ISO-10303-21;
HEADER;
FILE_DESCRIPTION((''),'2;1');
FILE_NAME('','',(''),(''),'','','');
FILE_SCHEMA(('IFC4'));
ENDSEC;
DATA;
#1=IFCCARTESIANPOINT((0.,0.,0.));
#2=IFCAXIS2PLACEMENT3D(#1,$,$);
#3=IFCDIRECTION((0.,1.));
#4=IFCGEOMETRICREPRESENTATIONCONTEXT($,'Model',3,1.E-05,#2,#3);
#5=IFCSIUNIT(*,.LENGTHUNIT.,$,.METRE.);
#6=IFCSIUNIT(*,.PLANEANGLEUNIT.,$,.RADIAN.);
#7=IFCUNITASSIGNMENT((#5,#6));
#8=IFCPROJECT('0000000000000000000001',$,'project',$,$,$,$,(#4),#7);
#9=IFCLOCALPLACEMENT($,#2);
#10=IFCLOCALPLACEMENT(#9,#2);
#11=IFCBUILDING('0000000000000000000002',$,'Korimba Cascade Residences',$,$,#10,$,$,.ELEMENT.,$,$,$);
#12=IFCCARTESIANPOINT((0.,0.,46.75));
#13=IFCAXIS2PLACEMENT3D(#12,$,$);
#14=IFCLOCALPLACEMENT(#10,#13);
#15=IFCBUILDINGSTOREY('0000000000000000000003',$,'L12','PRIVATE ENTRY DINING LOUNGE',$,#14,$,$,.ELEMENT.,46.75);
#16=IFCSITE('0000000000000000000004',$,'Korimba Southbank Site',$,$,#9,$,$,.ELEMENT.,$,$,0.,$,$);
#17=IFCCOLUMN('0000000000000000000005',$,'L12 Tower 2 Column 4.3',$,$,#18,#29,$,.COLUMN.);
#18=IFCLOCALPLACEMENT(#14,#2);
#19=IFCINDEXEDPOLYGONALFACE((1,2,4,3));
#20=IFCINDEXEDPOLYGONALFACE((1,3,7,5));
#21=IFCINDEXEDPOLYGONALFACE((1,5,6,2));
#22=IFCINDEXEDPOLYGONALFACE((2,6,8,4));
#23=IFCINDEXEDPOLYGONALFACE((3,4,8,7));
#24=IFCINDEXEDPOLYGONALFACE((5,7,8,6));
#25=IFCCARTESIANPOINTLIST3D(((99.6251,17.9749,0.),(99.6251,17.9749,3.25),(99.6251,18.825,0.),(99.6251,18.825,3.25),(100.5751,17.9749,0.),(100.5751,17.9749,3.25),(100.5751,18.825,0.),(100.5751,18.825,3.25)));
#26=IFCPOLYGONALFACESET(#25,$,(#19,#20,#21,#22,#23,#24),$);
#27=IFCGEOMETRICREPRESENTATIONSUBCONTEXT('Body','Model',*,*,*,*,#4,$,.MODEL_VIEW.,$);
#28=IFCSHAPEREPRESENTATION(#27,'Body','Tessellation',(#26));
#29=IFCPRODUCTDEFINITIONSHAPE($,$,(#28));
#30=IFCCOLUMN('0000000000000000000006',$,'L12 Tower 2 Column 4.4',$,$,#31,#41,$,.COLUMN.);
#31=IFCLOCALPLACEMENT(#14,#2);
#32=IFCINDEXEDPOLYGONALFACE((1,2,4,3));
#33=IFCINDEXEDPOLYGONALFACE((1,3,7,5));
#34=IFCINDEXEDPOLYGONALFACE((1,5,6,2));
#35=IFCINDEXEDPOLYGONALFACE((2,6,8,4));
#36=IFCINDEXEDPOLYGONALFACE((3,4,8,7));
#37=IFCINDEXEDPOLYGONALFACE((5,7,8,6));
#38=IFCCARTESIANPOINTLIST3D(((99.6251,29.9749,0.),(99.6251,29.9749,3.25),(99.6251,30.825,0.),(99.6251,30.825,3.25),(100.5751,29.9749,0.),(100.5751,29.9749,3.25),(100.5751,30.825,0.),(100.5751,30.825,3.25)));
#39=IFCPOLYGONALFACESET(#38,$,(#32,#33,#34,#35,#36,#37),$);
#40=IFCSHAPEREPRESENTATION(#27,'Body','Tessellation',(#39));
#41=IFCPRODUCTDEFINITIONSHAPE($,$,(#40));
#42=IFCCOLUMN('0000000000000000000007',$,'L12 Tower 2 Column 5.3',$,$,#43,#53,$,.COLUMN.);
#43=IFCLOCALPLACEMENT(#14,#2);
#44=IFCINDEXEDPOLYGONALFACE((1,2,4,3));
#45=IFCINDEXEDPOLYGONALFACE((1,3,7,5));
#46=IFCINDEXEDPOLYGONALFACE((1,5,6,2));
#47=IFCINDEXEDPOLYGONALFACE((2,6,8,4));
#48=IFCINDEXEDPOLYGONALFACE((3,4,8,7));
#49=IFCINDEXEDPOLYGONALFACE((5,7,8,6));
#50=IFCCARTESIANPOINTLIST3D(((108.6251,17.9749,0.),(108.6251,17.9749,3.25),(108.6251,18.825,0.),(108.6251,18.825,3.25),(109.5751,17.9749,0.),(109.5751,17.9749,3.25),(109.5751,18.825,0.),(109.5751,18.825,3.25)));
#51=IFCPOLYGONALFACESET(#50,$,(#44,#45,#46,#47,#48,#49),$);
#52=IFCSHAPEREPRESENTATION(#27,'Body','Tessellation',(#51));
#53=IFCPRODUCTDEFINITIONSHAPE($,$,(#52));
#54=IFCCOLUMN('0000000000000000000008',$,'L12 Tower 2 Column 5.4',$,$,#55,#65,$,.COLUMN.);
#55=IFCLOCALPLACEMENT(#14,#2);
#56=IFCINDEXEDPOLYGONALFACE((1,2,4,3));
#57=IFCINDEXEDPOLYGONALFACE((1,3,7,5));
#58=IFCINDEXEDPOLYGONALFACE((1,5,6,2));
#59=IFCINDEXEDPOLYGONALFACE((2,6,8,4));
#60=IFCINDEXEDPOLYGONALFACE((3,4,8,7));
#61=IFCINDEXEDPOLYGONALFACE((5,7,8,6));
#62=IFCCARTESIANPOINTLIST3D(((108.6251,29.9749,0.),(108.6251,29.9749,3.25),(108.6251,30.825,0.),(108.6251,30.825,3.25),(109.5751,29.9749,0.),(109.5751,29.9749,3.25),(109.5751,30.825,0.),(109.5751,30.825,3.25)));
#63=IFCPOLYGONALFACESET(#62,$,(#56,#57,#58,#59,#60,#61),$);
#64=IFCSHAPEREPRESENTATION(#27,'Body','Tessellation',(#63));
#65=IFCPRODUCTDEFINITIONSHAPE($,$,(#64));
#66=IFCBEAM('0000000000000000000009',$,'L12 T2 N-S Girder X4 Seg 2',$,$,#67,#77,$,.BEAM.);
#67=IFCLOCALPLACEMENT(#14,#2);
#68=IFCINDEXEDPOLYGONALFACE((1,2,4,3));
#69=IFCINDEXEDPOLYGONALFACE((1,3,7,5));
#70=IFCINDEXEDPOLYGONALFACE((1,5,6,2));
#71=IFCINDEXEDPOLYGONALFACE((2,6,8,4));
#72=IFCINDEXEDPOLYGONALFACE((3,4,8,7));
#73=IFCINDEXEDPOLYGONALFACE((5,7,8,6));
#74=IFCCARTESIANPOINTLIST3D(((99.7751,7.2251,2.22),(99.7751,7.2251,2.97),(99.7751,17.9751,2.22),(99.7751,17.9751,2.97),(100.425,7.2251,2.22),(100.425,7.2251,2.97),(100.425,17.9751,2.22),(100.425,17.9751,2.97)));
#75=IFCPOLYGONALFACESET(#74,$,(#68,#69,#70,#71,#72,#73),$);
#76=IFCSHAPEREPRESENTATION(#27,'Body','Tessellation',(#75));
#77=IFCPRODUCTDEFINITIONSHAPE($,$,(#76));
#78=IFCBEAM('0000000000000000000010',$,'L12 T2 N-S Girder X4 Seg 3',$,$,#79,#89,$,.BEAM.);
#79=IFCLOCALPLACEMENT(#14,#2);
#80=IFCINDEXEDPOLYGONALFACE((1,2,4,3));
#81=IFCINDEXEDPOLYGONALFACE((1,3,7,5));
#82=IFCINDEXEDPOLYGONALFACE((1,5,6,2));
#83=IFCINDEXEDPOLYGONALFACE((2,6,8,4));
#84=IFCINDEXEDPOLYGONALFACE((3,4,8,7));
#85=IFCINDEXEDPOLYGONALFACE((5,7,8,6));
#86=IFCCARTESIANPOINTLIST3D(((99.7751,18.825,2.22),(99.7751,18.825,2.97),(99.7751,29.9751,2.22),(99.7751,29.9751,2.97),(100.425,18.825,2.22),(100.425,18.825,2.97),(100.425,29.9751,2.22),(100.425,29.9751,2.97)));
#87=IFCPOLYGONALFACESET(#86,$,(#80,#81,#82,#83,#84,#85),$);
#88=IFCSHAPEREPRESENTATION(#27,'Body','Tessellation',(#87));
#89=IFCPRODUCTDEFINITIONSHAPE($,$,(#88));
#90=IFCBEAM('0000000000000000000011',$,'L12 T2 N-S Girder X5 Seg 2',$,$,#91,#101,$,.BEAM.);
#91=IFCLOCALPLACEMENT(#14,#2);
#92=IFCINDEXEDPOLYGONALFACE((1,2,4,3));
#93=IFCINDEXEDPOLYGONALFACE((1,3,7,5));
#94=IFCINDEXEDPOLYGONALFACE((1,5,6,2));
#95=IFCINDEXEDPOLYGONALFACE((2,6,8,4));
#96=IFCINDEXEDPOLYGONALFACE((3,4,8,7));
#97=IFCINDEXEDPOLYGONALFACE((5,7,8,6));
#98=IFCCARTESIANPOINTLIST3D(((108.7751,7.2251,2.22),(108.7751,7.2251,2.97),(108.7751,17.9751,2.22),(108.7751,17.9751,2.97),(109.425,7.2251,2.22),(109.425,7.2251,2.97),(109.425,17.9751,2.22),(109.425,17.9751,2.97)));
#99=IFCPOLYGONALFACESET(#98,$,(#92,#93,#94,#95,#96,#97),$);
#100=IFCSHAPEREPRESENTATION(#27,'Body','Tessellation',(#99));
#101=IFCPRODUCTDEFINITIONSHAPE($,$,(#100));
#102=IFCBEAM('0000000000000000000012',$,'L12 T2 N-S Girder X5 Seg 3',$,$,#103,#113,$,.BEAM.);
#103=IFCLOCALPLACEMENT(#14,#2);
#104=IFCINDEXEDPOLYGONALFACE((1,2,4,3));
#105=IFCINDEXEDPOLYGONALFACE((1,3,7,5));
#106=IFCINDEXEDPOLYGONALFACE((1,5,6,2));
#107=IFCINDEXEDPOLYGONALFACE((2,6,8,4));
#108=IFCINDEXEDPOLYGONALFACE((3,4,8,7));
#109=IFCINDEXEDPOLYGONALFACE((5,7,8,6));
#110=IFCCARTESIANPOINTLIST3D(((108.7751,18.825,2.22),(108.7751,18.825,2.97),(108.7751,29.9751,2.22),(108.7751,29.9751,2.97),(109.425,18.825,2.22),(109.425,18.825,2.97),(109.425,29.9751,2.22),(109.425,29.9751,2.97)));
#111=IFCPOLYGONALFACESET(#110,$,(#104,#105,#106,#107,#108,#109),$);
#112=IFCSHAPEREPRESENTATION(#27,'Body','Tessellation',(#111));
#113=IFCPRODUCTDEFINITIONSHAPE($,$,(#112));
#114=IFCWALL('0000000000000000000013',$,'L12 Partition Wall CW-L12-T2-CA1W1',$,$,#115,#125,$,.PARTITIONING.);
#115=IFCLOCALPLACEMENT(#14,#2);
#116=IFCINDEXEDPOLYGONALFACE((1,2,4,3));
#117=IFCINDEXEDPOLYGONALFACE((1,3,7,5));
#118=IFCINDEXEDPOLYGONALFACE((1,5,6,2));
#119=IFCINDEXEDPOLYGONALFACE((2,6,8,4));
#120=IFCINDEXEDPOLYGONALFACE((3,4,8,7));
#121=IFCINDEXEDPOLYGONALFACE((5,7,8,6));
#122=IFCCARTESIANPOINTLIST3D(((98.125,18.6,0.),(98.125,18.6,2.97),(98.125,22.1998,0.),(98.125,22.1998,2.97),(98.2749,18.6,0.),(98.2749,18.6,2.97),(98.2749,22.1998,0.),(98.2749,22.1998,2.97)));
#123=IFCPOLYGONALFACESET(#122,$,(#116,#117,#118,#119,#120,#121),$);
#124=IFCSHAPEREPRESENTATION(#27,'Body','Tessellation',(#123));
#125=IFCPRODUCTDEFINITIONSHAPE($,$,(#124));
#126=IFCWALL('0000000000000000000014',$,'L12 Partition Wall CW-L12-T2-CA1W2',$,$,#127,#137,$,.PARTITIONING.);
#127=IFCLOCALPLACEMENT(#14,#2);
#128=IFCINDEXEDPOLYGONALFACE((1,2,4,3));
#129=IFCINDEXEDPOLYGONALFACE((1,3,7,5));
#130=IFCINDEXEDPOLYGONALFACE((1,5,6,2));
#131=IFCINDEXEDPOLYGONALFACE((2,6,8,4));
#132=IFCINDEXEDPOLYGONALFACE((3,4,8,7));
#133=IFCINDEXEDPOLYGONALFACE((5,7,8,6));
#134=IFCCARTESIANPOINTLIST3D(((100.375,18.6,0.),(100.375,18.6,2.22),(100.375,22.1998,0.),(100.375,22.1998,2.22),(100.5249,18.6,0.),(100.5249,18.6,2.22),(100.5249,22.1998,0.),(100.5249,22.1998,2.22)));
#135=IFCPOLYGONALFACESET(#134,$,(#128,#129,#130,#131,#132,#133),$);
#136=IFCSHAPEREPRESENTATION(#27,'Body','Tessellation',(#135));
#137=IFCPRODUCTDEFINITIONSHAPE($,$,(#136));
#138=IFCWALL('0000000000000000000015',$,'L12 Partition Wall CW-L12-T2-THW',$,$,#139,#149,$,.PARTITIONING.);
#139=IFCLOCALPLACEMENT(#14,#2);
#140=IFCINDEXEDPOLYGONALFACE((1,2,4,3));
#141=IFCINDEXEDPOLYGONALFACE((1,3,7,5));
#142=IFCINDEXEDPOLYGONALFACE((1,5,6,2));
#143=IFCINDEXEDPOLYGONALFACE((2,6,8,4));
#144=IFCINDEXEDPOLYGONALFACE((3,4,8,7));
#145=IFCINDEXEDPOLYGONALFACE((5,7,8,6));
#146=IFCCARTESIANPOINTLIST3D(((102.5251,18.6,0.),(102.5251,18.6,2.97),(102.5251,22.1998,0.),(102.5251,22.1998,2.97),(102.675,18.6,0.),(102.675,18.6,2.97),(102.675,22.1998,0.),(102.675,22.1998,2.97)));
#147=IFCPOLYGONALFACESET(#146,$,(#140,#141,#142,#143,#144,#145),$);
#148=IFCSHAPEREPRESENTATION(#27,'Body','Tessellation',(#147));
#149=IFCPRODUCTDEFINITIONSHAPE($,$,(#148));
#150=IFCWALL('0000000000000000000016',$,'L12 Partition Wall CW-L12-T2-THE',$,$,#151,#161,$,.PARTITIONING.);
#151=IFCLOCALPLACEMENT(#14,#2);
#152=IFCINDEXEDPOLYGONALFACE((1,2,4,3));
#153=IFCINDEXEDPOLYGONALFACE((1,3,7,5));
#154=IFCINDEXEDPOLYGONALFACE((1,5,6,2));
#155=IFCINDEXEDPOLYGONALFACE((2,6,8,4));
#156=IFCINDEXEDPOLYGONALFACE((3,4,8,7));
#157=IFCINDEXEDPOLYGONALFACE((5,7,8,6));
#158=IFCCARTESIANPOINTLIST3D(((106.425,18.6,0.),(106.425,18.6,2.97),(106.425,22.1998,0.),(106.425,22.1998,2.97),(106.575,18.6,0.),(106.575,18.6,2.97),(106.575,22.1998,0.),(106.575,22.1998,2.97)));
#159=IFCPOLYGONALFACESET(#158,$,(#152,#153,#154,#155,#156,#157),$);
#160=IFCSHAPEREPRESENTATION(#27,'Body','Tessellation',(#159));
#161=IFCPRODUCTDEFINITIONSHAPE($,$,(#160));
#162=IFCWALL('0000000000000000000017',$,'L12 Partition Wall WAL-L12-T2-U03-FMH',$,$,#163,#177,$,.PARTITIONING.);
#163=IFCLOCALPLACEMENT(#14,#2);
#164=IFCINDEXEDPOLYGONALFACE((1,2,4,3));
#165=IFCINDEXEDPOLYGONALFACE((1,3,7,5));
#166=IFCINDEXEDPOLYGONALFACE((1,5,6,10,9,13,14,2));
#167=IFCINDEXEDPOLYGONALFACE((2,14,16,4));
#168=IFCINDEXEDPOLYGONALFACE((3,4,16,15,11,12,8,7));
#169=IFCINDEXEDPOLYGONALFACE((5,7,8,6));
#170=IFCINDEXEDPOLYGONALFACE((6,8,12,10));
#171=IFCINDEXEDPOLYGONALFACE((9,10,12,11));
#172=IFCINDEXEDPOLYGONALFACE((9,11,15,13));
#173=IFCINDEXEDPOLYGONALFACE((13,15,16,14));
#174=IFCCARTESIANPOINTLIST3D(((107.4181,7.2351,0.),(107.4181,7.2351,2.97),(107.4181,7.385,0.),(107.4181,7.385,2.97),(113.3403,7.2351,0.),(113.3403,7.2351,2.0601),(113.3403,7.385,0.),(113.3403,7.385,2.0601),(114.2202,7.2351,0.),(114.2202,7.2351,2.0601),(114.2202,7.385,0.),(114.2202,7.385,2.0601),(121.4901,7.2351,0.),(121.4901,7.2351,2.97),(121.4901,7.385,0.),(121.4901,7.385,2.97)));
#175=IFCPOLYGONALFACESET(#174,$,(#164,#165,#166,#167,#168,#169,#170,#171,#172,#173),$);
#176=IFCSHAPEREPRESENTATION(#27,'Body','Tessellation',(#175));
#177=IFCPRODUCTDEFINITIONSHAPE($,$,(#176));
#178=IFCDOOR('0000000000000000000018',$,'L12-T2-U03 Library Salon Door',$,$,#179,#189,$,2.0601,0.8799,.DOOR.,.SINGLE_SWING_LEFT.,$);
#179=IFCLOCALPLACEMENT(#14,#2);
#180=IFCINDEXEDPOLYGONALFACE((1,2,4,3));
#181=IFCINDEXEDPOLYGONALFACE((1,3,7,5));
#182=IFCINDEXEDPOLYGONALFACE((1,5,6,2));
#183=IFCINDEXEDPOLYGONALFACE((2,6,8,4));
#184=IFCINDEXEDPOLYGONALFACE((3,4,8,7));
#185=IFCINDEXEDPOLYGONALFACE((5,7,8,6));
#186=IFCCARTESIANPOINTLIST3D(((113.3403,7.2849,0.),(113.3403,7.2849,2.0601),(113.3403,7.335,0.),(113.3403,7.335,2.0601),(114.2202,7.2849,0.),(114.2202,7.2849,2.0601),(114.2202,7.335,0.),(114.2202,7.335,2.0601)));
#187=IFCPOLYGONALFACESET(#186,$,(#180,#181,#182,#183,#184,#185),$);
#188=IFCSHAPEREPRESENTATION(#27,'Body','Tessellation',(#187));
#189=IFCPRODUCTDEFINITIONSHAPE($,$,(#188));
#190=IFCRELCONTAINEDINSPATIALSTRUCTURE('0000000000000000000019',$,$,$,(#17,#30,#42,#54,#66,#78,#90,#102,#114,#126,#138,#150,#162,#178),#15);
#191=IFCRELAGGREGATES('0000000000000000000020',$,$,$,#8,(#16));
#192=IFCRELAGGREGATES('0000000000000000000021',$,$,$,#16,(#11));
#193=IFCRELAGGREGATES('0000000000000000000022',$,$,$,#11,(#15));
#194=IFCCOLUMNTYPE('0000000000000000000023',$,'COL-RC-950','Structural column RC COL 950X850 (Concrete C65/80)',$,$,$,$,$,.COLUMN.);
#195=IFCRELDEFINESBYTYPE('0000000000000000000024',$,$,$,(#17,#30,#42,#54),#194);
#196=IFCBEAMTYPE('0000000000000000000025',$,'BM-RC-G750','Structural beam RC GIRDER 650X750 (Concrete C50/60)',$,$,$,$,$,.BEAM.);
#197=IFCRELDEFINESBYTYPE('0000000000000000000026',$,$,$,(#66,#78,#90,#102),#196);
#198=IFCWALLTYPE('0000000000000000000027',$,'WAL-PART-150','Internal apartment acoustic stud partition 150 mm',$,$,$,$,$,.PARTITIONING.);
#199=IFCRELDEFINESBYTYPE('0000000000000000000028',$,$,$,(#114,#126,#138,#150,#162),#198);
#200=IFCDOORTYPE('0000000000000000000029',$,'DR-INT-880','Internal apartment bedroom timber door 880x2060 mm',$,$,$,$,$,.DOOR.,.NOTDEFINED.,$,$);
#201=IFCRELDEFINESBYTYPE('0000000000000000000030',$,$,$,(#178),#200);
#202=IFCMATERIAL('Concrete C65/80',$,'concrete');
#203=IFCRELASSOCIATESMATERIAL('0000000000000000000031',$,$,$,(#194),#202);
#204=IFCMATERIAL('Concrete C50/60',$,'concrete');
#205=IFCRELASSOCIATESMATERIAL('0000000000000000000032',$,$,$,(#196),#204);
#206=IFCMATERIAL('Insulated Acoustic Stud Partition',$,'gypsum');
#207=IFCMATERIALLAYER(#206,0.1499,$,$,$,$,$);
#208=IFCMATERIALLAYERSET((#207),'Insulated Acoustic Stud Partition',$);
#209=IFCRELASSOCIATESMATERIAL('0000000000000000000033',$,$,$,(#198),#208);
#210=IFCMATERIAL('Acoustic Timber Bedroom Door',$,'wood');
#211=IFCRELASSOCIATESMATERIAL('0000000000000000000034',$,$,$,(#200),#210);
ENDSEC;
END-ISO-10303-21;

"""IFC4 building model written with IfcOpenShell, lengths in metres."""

from ifc_helpers import new_model, si_unit, direction, frame, frame_2d, origin, origin_2d, place, context, subcontext, project, spatial, rectangle, extrude, material, layer, layer_set, material_profile, profile_set, type_object, element, fill, save


model = new_model("IFC4")

# Units and contexts
model_context = context("Model", 3, precision=1e-05, world=origin(), true_north=direction((0.0, 1.0)))
body_context = subcontext(model_context, "Body", "Model", "MODEL_VIEW")
ifc_project = project(units=[si_unit("LENGTHUNIT", "METRE"), si_unit("PLANEANGLEUNIT", "RADIAN")], contexts=[model_context])

# Site, building, storey
site_placement = place(None, origin())
site = spatial("IfcSite", under=ifc_project, at=site_placement, Name="Korimba Southbank Site", CompositionType="ELEMENT", RefElevation=0.0)
building_placement = place(site_placement, origin())
building = spatial("IfcBuilding", under=site, at=building_placement, Name="Korimba Cascade Residences", CompositionType="ELEMENT")
storey_placement = place(building_placement, frame((0.0, 0.0, 46.75)))
storey = spatial("IfcBuildingStorey", under=building, at=storey_placement, Name="L12", Description="PRIVATE ENTRY DINING LOUNGE", CompositionType="ELEMENT", Elevation=46.75)

# Columns
ifc_material_1 = material(Name="Concrete C65/80", Category="concrete")
ifc_material_profile_1 = material_profile(ifc_material_1, rectangle(XDim=0.95, YDim=0.8501, at=origin_2d()), Name="Concrete C65/80")
ifc_profile_set_1 = profile_set([ifc_material_profile_1], Name="Concrete C65/80")
column_type = type_object("IfcColumnType", Name="COL-RC-950", Description="Structural column RC COL 950X850 (Concrete C65/80)", PredefinedType="COLUMN", material=ifc_profile_set_1)
for number, where, z_axis, x_axis, name in (
    (1, (100.1001, 18.3999, 0.0), (0.0, 0.0, 1.0), (1.0, 0.0, 0.0), "L12 Tower 2 Column 4.3"),
    (2, (100.1001, 30.3999, 0.0), (0.0, 0.0, 1.0), (1.0, 0.0, 0.0), "L12 Tower 2 Column 4.4"),
    (3, (109.1001, 18.3999, 0.0), (0.0, 0.0, 1.0), (1.0, 0.0, 0.0), "L12 Tower 2 Column 5.3"),
    (4, (109.1001, 30.3999, 0.0), (0.0, 0.0, 1.0), (1.0, 0.0, 0.0), "L12 Tower 2 Column 5.4"),
):
    element("IfcColumn", number, at=place(storey_placement, frame(where, z_axis=z_axis, x_axis=x_axis)), inside=storey, type_object=column_type, Name=name, PredefinedType="COLUMN", context=body_context, shape_type="SweptSolid", body=[
        extrude(rectangle(XDim=0.95, YDim=0.8501, at=origin_2d()), origin(), (0.0, 0.0, 1.0), 3.25),
    ])

# Beams
ifc_material_2 = material(Name="Concrete C50/60", Category="concrete")
ifc_material_profile_2 = material_profile(ifc_material_2, rectangle(XDim=0.6499, YDim=0.75, at=origin_2d()), Name="Concrete C50/60")
ifc_profile_set_2 = profile_set([ifc_material_profile_2], Name="Concrete C50/60")
beam_type = type_object("IfcBeamType", Name="BM-RC-G750", Description="Structural beam RC GIRDER 650X750 (Concrete C50/60)", PredefinedType="BEAM", material=ifc_profile_set_2)
beam_1_placement = place(storey_placement, frame((100.1001, 7.2251, 2.595), z_axis=(0.0, 1.0, 0.0), x_axis=(-1.0, 0.0, 0.0)))
element("IfcBeam", 5, at=beam_1_placement, inside=storey, type_object=beam_type, Name="L12 T2 N-S Girder X4 Seg 2", PredefinedType="BEAM", context=body_context, shape_type="SweptSolid", body=[
    extrude(rectangle(XDim=0.6499, YDim=0.75, at=origin_2d()), origin(), (0.0, 0.0, 1.0), 10.75),
])
beam_2_placement = place(storey_placement, frame((100.1001, 18.825, 2.595), z_axis=(0.0, 1.0, 0.0), x_axis=(-1.0, 0.0, 0.0)))
element("IfcBeam", 6, at=beam_2_placement, inside=storey, type_object=beam_type, Name="L12 T2 N-S Girder X4 Seg 3", PredefinedType="BEAM", context=body_context, shape_type="SweptSolid", body=[
    extrude(rectangle(XDim=0.6499, YDim=0.75, at=origin_2d()), origin(), (0.0, 0.0, 1.0), 11.1501),
])
beam_3_placement = place(storey_placement, frame((109.1001, 7.2251, 2.595), z_axis=(0.0, 1.0, 0.0), x_axis=(-1.0, 0.0, 0.0)))
element("IfcBeam", 7, at=beam_3_placement, inside=storey, type_object=beam_type, Name="L12 T2 N-S Girder X5 Seg 2", PredefinedType="BEAM", context=body_context, shape_type="SweptSolid", body=[
    extrude(rectangle(XDim=0.6499, YDim=0.75, at=origin_2d()), origin(), (0.0, 0.0, 1.0), 10.75),
])
beam_4_placement = place(storey_placement, frame((109.1001, 18.825, 2.595), z_axis=(0.0, 1.0, 0.0), x_axis=(-1.0, 0.0, 0.0)))
element("IfcBeam", 8, at=beam_4_placement, inside=storey, type_object=beam_type, Name="L12 T2 N-S Girder X5 Seg 3", PredefinedType="BEAM", context=body_context, shape_type="SweptSolid", body=[
    extrude(rectangle(XDim=0.6499, YDim=0.75, at=origin_2d()), origin(), (0.0, 0.0, 1.0), 11.1501),
])

# Walls
ifc_material_3 = material(Name="Insulated Acoustic Stud Partition", Category="gypsum")
ifc_layer_1 = layer(ifc_material_3, 0.1499)
ifc_layer_set_1 = layer_set([ifc_layer_1], Name="Insulated Acoustic Stud Partition")
wall_type_1 = type_object("IfcWallType", Name="WAL-PART-150", Description="Internal apartment acoustic stud partition 150 mm", PredefinedType="PARTITIONING", material=ifc_layer_set_1)
wall_1_placement = place(storey_placement, frame((98.2, 18.6001, 0.0), z_axis=(0.0, 0.0, 1.0), x_axis=(0.0, 1.0, 0.0)))
element("IfcWall", 9, at=wall_1_placement, inside=storey, type_object=wall_type_1, Name="L12 Partition Wall CW-L12-T2-CA1W1", PredefinedType="PARTITIONING", context=body_context, shape_type="SweptSolid", body=[
    extrude(rectangle(XDim=3.5999, YDim=0.1499, at=frame_2d((1.7998, 0.0))), origin(), (0.0, 0.0, 1.0), 2.97),
])
wall_2_placement = place(storey_placement, frame((100.45, 18.6001, 0.0), z_axis=(0.0, 0.0, 1.0), x_axis=(0.0, 1.0, 0.0)))
element("IfcWall", 10, at=wall_2_placement, inside=storey, type_object=wall_type_1, Name="L12 Partition Wall CW-L12-T2-CA1W2", PredefinedType="PARTITIONING", context=body_context, shape_type="SweptSolid", body=[
    extrude(rectangle(XDim=3.5999, YDim=0.1499, at=frame_2d((1.7998, 0.0))), origin(), (0.0, 0.0, 1.0), 2.22),
])
for number, where, z_axis, x_axis, name in (
    (11, (102.6001, 18.6001, 0.0), (0.0, 0.0, 1.0), (0.0, 1.0, 0.0), "L12 Partition Wall CW-L12-T2-THW"),
    (12, (106.5, 18.6001, 0.0), (0.0, 0.0, 1.0), (0.0, 1.0, 0.0), "L12 Partition Wall CW-L12-T2-THE"),
):
    element("IfcWall", number, at=place(storey_placement, frame(where, z_axis=z_axis, x_axis=x_axis)), inside=storey, type_object=wall_type_1, Name=name, PredefinedType="PARTITIONING", context=body_context, shape_type="SweptSolid", body=[
        extrude(rectangle(XDim=3.5999, YDim=0.1499, at=frame_2d((1.7998, 0.0))), origin(), (0.0, 0.0, 1.0), 2.97),
    ])

# Wall, opening, door
wall_3_placement = place(storey_placement, frame((107.418, 7.3101, 0.0), z_axis=(0.0, 0.0, 1.0), x_axis=(1.0, 0.0, 0.0)))
wall_3 = element("IfcWall", 13, at=wall_3_placement, inside=storey, type_object=wall_type_1, Name="L12 Partition Wall WAL-L12-T2-U03-FMH", PredefinedType="PARTITIONING", context=body_context, shape_type="SweptSolid", body=[
    extrude(rectangle(XDim=14.072, YDim=0.1499, at=frame_2d((7.0361, 0.0))), origin(), (0.0, 0.0, 1.0), 2.97),
])
opening_1_placement = place(wall_3_placement, frame((5.9224, 0.0, 0.0)))
opening_1 = element("IfcOpeningElement", 14, at=opening_1_placement, cuts=wall_3, PredefinedType="OPENING", context=body_context, shape_type="SweptSolid", body=[
    extrude(rectangle(XDim=0.8799, YDim=2.0601, at=frame_2d((0.4399, 1.03))), frame((0.0, 0.085, 0.0), z_axis=(0.0, -1.0, 0.0), x_axis=(1.0, 0.0, 0.0)), (0.0, 0.0, 1.0), 0.1699),
])
ifc_material_4 = material(Name="Acoustic Timber Bedroom Door", Category="wood")
door_type_1 = type_object("IfcDoorType", Name="DR-INT-880", Description="Internal apartment bedroom timber door 880x2060 mm", OperationType="NOTDEFINED", PredefinedType="DOOR", material=ifc_material_4)
door_1_placement = place(opening_1_placement, origin())
door_1 = element("IfcDoor", 15, at=door_1_placement, inside=storey, type_object=door_type_1, Name="L12-T2-U03 Library Salon Door", OperationType="SINGLE_SWING_LEFT", OverallHeight=2.0601, OverallWidth=0.8799, PredefinedType="DOOR", context=body_context, shape_type="SweptSolid", body=[
    extrude(rectangle(XDim=0.8799, YDim=2.0601, at=frame_2d((0.4399, 1.03))), frame((0.0, 0.0249, 0.0), z_axis=(0.0, -1.0, 0.0), x_axis=(1.0, 0.0, 0.0)), (0.0, 0.0, 1.0), 0.05),
])
fill(opening_1, door_1)

save(model, "model.ifc")
